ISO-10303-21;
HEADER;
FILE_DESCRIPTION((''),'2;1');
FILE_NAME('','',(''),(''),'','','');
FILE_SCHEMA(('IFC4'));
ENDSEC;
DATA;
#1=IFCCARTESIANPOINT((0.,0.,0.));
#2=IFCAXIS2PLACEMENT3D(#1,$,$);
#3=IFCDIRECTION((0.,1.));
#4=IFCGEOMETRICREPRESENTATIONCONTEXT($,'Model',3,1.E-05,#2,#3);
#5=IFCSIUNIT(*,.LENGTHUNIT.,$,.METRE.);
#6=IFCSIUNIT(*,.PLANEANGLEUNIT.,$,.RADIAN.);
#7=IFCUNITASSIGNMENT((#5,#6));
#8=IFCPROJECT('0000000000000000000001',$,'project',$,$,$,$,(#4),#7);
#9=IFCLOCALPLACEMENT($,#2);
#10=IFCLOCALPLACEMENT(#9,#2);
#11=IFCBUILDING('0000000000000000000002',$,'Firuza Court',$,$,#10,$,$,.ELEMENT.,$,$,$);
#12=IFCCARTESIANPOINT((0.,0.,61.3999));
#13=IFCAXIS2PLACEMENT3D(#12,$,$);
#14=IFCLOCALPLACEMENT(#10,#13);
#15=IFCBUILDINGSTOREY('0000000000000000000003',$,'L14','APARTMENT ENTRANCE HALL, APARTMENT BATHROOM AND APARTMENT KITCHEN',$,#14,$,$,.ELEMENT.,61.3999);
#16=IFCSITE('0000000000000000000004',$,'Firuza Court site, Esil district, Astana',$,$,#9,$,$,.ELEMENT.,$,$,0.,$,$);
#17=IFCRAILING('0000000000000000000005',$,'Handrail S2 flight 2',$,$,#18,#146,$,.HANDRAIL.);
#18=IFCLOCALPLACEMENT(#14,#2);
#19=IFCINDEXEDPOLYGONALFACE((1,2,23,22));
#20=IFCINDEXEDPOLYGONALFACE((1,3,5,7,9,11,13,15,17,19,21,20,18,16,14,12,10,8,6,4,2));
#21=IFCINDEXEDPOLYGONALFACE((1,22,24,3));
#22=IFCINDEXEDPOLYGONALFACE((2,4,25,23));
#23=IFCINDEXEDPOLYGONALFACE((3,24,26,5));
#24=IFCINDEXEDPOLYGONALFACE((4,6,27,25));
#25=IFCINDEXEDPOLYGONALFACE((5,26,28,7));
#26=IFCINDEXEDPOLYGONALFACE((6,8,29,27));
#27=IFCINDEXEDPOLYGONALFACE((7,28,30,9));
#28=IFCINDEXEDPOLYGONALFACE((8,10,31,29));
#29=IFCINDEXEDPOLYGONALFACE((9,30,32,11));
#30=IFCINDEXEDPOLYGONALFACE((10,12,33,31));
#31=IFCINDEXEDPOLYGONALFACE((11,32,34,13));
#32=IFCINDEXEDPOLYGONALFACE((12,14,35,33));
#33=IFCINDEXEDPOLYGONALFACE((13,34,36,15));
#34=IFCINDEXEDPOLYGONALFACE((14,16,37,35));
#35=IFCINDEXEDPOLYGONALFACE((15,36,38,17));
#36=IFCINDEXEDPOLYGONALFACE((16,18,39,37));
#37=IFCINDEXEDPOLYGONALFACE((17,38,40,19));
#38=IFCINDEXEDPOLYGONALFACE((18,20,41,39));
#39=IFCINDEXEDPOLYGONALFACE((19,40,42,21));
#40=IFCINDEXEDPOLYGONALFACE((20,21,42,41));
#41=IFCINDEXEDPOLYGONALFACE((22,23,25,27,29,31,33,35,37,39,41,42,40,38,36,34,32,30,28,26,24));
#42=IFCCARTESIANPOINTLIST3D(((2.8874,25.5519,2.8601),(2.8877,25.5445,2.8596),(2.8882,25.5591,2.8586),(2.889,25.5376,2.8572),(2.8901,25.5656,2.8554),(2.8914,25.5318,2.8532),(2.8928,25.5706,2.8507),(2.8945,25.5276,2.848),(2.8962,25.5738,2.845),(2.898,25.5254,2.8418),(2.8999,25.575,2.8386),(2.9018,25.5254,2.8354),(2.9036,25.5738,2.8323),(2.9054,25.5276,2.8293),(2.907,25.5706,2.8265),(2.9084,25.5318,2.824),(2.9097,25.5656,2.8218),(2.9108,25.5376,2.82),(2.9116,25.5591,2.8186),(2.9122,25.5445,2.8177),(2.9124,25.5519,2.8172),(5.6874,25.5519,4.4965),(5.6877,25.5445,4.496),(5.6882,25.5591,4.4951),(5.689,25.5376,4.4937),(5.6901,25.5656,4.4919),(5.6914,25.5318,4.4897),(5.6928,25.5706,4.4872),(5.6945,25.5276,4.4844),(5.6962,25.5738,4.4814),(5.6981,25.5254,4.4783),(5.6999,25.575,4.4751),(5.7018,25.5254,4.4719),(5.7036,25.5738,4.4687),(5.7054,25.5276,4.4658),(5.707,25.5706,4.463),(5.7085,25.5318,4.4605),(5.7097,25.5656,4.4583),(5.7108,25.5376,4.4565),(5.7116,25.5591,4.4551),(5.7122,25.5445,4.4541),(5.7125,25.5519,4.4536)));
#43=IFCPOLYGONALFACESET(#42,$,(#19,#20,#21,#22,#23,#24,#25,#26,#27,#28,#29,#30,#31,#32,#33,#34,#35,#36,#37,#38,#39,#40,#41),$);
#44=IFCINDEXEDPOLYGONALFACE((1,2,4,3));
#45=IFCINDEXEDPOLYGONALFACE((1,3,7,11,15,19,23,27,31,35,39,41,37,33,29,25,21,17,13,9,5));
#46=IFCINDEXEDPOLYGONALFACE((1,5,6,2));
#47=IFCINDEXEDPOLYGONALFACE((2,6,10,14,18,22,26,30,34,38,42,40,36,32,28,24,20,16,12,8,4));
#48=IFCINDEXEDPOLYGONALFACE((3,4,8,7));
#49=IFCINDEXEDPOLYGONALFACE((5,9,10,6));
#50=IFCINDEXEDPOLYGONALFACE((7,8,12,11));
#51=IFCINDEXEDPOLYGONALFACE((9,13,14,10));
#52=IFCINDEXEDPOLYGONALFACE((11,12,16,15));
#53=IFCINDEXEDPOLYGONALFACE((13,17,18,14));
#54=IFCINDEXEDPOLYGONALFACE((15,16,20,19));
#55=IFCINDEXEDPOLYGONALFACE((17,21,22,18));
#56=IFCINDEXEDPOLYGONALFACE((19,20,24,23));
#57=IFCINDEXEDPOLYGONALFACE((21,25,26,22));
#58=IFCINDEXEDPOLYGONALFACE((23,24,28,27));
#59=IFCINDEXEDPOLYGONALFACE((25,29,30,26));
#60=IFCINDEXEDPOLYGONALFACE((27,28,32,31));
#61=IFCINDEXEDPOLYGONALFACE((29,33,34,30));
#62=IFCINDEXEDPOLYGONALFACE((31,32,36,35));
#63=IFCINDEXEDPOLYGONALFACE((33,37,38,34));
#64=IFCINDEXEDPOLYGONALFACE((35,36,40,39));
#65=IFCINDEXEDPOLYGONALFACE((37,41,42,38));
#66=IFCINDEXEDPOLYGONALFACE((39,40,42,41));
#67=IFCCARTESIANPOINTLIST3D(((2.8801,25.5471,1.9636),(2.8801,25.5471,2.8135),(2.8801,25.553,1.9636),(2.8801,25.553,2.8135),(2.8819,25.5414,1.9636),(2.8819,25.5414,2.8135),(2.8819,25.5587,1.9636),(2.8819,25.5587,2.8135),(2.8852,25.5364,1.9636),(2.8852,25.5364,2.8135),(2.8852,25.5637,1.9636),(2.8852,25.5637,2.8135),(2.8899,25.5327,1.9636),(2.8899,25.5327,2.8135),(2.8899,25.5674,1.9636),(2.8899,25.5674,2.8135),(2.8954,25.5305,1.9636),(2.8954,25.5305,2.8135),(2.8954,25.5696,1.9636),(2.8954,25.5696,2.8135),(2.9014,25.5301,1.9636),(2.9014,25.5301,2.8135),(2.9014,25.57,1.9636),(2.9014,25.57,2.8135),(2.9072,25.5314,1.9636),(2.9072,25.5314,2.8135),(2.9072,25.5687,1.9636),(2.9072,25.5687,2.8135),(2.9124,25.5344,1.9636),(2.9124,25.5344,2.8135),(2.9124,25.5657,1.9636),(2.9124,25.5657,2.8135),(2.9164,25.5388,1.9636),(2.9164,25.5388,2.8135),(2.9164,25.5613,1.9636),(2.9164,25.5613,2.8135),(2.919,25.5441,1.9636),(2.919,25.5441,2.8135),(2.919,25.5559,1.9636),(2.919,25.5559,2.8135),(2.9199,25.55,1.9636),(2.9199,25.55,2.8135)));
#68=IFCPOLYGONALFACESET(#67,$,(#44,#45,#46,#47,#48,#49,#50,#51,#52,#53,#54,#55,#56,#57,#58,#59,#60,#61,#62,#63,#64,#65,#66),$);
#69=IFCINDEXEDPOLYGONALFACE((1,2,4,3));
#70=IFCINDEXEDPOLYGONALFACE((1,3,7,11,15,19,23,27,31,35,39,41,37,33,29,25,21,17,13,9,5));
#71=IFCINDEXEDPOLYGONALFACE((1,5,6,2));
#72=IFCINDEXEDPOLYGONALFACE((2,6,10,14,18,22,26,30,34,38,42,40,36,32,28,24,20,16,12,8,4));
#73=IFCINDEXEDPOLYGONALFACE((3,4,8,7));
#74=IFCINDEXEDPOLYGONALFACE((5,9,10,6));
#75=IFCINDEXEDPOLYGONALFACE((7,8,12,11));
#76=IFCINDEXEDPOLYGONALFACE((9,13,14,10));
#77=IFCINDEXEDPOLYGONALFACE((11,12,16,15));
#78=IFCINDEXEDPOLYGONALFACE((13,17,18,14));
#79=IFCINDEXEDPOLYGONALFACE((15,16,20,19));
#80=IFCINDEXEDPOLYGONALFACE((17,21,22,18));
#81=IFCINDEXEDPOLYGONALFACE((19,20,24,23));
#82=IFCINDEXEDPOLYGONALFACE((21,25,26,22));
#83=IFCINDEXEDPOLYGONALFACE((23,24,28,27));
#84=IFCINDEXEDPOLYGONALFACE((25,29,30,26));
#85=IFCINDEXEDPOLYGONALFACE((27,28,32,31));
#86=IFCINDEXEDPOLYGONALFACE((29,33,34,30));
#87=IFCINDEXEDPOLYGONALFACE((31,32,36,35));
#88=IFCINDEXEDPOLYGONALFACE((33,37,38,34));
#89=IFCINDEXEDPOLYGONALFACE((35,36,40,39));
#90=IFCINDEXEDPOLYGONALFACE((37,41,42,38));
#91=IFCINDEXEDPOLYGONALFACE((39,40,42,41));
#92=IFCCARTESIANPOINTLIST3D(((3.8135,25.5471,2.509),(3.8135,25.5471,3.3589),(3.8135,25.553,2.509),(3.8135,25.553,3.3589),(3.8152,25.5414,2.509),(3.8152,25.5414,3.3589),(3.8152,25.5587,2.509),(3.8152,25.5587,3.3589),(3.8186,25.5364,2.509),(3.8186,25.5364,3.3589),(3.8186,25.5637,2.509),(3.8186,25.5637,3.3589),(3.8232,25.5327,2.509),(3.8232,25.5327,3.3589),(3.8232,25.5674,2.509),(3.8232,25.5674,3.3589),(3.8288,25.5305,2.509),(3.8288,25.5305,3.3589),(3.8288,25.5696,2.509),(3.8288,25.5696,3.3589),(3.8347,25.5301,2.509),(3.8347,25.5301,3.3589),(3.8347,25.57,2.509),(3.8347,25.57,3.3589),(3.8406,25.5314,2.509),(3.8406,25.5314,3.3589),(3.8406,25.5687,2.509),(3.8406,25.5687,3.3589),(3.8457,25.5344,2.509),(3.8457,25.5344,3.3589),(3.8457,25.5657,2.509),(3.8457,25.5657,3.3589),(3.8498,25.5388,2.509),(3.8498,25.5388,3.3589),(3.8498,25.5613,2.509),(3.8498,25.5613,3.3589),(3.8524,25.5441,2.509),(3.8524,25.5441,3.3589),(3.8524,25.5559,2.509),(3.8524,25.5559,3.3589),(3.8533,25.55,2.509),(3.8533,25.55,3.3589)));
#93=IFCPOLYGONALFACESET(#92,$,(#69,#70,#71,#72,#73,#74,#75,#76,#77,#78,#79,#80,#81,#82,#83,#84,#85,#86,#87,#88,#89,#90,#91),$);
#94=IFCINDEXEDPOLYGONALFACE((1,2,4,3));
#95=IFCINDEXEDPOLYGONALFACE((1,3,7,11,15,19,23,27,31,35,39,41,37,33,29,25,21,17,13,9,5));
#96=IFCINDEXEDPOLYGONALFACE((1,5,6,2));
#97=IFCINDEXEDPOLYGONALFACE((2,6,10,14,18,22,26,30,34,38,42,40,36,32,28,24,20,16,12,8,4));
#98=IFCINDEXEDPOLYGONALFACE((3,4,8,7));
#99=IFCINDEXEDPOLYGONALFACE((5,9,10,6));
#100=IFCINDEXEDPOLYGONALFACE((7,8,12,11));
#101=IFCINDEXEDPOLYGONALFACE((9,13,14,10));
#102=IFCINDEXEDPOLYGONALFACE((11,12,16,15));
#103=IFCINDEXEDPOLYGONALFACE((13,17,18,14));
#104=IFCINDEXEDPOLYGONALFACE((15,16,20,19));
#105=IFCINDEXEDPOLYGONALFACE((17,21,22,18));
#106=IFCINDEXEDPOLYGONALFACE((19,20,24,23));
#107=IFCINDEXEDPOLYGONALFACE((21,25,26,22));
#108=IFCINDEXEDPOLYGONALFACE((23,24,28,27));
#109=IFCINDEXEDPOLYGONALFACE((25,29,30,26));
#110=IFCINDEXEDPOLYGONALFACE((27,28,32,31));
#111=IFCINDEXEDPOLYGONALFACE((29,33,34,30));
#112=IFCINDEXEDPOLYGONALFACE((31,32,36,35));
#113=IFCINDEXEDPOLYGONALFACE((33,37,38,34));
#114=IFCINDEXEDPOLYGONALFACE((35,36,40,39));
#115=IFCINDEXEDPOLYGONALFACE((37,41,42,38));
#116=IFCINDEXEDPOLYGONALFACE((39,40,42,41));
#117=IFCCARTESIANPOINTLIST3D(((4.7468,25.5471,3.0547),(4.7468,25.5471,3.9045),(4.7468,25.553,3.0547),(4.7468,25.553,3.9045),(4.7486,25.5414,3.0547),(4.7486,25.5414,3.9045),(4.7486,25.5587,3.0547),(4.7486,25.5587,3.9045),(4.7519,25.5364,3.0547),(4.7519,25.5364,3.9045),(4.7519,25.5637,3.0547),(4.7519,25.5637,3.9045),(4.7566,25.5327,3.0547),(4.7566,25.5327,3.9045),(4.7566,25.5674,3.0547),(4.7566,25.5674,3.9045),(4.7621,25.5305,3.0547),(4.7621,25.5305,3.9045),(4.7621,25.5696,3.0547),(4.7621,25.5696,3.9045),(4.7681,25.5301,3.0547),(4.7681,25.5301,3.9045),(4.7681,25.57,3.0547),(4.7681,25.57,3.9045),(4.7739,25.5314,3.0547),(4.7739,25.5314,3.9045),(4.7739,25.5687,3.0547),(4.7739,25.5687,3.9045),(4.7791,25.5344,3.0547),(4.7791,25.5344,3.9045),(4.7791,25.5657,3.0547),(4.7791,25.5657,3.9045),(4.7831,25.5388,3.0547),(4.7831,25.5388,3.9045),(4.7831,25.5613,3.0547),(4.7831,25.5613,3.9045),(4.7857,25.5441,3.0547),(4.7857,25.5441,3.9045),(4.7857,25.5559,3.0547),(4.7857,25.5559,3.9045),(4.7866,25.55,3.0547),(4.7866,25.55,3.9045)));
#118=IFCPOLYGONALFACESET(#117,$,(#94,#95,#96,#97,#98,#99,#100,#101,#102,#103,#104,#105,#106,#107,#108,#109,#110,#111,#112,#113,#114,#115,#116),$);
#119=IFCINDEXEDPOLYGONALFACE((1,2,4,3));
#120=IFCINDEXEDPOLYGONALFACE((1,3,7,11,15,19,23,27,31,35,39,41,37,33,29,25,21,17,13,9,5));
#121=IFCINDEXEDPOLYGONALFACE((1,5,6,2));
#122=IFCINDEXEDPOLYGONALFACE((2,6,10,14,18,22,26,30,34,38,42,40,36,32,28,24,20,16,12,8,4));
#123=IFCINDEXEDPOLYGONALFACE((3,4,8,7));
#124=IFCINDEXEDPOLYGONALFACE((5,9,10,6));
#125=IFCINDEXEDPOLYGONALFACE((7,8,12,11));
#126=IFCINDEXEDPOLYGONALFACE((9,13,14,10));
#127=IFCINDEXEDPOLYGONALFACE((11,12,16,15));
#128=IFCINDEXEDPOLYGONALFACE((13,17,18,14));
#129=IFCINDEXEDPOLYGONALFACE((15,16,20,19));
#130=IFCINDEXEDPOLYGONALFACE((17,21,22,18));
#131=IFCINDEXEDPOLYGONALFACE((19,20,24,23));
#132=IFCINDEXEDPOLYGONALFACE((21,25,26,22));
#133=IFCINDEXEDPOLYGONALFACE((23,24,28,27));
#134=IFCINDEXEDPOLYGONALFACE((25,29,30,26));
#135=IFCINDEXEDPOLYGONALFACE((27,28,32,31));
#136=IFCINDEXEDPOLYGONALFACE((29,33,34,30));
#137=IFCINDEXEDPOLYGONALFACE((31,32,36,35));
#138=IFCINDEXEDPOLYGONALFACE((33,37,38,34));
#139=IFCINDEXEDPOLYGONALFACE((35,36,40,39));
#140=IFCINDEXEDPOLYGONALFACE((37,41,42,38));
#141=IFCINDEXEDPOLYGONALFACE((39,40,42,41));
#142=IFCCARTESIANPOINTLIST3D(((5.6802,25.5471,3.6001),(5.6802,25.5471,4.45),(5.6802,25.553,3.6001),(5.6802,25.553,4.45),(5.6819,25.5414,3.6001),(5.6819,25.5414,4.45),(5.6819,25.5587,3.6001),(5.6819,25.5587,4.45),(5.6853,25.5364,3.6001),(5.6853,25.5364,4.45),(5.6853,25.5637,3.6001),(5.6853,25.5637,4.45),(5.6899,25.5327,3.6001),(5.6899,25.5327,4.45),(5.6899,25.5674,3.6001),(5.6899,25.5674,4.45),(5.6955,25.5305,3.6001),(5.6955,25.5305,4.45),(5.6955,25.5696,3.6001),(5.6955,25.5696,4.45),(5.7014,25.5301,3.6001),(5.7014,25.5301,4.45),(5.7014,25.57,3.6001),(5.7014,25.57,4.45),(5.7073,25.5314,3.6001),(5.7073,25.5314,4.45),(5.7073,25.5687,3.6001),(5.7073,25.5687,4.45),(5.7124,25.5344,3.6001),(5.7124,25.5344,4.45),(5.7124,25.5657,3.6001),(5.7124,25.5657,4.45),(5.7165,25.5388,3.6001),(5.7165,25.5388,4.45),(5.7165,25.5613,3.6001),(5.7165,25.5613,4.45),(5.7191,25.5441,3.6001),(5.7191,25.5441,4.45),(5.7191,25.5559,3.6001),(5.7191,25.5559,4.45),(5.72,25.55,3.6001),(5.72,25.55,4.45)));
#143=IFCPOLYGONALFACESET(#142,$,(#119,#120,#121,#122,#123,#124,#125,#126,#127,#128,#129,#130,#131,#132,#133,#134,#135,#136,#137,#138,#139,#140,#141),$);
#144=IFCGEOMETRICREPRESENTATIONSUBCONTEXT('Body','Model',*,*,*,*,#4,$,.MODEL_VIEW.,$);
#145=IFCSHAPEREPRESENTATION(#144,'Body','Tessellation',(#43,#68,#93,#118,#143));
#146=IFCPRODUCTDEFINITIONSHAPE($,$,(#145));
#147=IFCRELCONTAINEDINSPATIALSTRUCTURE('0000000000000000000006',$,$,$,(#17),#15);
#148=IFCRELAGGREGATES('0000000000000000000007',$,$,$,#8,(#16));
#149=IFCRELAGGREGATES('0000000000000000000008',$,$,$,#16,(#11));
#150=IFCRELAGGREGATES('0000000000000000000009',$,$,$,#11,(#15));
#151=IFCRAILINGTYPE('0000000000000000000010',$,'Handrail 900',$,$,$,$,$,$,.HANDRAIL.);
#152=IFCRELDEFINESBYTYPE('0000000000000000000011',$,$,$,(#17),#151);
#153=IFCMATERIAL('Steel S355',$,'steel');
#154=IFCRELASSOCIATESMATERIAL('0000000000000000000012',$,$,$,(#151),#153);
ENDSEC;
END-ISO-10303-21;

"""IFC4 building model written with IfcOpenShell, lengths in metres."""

from ifc_helpers import new_model, si_unit, direction, frame, origin, origin_2d, place, context, subcontext, project, spatial, circle, extrude, material, type_object, element, save


model = new_model("IFC4")

# Units and contexts
model_context = context("Model", 3, precision=1e-05, world=origin(), true_north=direction((0.0, 1.0)))
body_context = subcontext(model_context, "Body", "Model", "MODEL_VIEW")
ifc_project = project(units=[si_unit("LENGTHUNIT", "METRE"), si_unit("PLANEANGLEUNIT", "RADIAN")], contexts=[model_context])

# Site, building, storey
site_placement = place(None, origin())
site = spatial("IfcSite", under=ifc_project, at=site_placement, Name="Firuza Court site, Esil district, Astana", CompositionType="ELEMENT", RefElevation=0.0)
building_placement = place(site_placement, origin())
building = spatial("IfcBuilding", under=site, at=building_placement, Name="Firuza Court", CompositionType="ELEMENT")
storey_placement = place(building_placement, frame((0.0, 0.0, 61.3999)))
storey = spatial("IfcBuildingStorey", under=building, at=storey_placement, Name="L14", Description="APARTMENT ENTRANCE HALL, APARTMENT BATHROOM AND APARTMENT KITCHEN", CompositionType="ELEMENT", Elevation=61.3999)

# Railing
ifc_material_1 = material(Name="Steel S355", Category="steel")
railing_type_1 = type_object("IfcRailingType", Name="Handrail 900", PredefinedType="HANDRAIL", material=ifc_material_1)
railing_1_placement = place(storey_placement, frame((2.8999, 25.55, 1.9636)))
element("IfcRailing", 1, at=railing_1_placement, inside=storey, type_object=railing_type_1, Name="Handrail S2 flight 2", PredefinedType="HANDRAIL", context=body_context, shape_type="SweptSolid", body=[
    extrude(circle(Radius=0.0249, at=origin_2d()), frame((0.0, 0.0, 0.875), z_axis=(0.863361, 0.0, 0.504587), x_axis=(0.0, 1.0, 0.0)), (0.0, 0.0, 1.0), 3.2432),
    extrude(circle(Radius=0.02, at=origin_2d()), origin(), (0.0, 0.0, 1.0), 0.8499),
    extrude(circle(Radius=0.02, at=origin_2d()), frame((0.9333, 0.0, 0.5454)), (0.0, 0.0, 1.0), 0.8499),
    extrude(circle(Radius=0.02, at=origin_2d()), frame((1.8667, 0.0, 1.0911)), (0.0, 0.0, 1.0), 0.8499),
    extrude(circle(Radius=0.02, at=origin_2d()), frame((2.8, 0.0, 1.6365)), (0.0, 0.0, 1.0), 0.8499),
])

save(model, "model.ifc")
